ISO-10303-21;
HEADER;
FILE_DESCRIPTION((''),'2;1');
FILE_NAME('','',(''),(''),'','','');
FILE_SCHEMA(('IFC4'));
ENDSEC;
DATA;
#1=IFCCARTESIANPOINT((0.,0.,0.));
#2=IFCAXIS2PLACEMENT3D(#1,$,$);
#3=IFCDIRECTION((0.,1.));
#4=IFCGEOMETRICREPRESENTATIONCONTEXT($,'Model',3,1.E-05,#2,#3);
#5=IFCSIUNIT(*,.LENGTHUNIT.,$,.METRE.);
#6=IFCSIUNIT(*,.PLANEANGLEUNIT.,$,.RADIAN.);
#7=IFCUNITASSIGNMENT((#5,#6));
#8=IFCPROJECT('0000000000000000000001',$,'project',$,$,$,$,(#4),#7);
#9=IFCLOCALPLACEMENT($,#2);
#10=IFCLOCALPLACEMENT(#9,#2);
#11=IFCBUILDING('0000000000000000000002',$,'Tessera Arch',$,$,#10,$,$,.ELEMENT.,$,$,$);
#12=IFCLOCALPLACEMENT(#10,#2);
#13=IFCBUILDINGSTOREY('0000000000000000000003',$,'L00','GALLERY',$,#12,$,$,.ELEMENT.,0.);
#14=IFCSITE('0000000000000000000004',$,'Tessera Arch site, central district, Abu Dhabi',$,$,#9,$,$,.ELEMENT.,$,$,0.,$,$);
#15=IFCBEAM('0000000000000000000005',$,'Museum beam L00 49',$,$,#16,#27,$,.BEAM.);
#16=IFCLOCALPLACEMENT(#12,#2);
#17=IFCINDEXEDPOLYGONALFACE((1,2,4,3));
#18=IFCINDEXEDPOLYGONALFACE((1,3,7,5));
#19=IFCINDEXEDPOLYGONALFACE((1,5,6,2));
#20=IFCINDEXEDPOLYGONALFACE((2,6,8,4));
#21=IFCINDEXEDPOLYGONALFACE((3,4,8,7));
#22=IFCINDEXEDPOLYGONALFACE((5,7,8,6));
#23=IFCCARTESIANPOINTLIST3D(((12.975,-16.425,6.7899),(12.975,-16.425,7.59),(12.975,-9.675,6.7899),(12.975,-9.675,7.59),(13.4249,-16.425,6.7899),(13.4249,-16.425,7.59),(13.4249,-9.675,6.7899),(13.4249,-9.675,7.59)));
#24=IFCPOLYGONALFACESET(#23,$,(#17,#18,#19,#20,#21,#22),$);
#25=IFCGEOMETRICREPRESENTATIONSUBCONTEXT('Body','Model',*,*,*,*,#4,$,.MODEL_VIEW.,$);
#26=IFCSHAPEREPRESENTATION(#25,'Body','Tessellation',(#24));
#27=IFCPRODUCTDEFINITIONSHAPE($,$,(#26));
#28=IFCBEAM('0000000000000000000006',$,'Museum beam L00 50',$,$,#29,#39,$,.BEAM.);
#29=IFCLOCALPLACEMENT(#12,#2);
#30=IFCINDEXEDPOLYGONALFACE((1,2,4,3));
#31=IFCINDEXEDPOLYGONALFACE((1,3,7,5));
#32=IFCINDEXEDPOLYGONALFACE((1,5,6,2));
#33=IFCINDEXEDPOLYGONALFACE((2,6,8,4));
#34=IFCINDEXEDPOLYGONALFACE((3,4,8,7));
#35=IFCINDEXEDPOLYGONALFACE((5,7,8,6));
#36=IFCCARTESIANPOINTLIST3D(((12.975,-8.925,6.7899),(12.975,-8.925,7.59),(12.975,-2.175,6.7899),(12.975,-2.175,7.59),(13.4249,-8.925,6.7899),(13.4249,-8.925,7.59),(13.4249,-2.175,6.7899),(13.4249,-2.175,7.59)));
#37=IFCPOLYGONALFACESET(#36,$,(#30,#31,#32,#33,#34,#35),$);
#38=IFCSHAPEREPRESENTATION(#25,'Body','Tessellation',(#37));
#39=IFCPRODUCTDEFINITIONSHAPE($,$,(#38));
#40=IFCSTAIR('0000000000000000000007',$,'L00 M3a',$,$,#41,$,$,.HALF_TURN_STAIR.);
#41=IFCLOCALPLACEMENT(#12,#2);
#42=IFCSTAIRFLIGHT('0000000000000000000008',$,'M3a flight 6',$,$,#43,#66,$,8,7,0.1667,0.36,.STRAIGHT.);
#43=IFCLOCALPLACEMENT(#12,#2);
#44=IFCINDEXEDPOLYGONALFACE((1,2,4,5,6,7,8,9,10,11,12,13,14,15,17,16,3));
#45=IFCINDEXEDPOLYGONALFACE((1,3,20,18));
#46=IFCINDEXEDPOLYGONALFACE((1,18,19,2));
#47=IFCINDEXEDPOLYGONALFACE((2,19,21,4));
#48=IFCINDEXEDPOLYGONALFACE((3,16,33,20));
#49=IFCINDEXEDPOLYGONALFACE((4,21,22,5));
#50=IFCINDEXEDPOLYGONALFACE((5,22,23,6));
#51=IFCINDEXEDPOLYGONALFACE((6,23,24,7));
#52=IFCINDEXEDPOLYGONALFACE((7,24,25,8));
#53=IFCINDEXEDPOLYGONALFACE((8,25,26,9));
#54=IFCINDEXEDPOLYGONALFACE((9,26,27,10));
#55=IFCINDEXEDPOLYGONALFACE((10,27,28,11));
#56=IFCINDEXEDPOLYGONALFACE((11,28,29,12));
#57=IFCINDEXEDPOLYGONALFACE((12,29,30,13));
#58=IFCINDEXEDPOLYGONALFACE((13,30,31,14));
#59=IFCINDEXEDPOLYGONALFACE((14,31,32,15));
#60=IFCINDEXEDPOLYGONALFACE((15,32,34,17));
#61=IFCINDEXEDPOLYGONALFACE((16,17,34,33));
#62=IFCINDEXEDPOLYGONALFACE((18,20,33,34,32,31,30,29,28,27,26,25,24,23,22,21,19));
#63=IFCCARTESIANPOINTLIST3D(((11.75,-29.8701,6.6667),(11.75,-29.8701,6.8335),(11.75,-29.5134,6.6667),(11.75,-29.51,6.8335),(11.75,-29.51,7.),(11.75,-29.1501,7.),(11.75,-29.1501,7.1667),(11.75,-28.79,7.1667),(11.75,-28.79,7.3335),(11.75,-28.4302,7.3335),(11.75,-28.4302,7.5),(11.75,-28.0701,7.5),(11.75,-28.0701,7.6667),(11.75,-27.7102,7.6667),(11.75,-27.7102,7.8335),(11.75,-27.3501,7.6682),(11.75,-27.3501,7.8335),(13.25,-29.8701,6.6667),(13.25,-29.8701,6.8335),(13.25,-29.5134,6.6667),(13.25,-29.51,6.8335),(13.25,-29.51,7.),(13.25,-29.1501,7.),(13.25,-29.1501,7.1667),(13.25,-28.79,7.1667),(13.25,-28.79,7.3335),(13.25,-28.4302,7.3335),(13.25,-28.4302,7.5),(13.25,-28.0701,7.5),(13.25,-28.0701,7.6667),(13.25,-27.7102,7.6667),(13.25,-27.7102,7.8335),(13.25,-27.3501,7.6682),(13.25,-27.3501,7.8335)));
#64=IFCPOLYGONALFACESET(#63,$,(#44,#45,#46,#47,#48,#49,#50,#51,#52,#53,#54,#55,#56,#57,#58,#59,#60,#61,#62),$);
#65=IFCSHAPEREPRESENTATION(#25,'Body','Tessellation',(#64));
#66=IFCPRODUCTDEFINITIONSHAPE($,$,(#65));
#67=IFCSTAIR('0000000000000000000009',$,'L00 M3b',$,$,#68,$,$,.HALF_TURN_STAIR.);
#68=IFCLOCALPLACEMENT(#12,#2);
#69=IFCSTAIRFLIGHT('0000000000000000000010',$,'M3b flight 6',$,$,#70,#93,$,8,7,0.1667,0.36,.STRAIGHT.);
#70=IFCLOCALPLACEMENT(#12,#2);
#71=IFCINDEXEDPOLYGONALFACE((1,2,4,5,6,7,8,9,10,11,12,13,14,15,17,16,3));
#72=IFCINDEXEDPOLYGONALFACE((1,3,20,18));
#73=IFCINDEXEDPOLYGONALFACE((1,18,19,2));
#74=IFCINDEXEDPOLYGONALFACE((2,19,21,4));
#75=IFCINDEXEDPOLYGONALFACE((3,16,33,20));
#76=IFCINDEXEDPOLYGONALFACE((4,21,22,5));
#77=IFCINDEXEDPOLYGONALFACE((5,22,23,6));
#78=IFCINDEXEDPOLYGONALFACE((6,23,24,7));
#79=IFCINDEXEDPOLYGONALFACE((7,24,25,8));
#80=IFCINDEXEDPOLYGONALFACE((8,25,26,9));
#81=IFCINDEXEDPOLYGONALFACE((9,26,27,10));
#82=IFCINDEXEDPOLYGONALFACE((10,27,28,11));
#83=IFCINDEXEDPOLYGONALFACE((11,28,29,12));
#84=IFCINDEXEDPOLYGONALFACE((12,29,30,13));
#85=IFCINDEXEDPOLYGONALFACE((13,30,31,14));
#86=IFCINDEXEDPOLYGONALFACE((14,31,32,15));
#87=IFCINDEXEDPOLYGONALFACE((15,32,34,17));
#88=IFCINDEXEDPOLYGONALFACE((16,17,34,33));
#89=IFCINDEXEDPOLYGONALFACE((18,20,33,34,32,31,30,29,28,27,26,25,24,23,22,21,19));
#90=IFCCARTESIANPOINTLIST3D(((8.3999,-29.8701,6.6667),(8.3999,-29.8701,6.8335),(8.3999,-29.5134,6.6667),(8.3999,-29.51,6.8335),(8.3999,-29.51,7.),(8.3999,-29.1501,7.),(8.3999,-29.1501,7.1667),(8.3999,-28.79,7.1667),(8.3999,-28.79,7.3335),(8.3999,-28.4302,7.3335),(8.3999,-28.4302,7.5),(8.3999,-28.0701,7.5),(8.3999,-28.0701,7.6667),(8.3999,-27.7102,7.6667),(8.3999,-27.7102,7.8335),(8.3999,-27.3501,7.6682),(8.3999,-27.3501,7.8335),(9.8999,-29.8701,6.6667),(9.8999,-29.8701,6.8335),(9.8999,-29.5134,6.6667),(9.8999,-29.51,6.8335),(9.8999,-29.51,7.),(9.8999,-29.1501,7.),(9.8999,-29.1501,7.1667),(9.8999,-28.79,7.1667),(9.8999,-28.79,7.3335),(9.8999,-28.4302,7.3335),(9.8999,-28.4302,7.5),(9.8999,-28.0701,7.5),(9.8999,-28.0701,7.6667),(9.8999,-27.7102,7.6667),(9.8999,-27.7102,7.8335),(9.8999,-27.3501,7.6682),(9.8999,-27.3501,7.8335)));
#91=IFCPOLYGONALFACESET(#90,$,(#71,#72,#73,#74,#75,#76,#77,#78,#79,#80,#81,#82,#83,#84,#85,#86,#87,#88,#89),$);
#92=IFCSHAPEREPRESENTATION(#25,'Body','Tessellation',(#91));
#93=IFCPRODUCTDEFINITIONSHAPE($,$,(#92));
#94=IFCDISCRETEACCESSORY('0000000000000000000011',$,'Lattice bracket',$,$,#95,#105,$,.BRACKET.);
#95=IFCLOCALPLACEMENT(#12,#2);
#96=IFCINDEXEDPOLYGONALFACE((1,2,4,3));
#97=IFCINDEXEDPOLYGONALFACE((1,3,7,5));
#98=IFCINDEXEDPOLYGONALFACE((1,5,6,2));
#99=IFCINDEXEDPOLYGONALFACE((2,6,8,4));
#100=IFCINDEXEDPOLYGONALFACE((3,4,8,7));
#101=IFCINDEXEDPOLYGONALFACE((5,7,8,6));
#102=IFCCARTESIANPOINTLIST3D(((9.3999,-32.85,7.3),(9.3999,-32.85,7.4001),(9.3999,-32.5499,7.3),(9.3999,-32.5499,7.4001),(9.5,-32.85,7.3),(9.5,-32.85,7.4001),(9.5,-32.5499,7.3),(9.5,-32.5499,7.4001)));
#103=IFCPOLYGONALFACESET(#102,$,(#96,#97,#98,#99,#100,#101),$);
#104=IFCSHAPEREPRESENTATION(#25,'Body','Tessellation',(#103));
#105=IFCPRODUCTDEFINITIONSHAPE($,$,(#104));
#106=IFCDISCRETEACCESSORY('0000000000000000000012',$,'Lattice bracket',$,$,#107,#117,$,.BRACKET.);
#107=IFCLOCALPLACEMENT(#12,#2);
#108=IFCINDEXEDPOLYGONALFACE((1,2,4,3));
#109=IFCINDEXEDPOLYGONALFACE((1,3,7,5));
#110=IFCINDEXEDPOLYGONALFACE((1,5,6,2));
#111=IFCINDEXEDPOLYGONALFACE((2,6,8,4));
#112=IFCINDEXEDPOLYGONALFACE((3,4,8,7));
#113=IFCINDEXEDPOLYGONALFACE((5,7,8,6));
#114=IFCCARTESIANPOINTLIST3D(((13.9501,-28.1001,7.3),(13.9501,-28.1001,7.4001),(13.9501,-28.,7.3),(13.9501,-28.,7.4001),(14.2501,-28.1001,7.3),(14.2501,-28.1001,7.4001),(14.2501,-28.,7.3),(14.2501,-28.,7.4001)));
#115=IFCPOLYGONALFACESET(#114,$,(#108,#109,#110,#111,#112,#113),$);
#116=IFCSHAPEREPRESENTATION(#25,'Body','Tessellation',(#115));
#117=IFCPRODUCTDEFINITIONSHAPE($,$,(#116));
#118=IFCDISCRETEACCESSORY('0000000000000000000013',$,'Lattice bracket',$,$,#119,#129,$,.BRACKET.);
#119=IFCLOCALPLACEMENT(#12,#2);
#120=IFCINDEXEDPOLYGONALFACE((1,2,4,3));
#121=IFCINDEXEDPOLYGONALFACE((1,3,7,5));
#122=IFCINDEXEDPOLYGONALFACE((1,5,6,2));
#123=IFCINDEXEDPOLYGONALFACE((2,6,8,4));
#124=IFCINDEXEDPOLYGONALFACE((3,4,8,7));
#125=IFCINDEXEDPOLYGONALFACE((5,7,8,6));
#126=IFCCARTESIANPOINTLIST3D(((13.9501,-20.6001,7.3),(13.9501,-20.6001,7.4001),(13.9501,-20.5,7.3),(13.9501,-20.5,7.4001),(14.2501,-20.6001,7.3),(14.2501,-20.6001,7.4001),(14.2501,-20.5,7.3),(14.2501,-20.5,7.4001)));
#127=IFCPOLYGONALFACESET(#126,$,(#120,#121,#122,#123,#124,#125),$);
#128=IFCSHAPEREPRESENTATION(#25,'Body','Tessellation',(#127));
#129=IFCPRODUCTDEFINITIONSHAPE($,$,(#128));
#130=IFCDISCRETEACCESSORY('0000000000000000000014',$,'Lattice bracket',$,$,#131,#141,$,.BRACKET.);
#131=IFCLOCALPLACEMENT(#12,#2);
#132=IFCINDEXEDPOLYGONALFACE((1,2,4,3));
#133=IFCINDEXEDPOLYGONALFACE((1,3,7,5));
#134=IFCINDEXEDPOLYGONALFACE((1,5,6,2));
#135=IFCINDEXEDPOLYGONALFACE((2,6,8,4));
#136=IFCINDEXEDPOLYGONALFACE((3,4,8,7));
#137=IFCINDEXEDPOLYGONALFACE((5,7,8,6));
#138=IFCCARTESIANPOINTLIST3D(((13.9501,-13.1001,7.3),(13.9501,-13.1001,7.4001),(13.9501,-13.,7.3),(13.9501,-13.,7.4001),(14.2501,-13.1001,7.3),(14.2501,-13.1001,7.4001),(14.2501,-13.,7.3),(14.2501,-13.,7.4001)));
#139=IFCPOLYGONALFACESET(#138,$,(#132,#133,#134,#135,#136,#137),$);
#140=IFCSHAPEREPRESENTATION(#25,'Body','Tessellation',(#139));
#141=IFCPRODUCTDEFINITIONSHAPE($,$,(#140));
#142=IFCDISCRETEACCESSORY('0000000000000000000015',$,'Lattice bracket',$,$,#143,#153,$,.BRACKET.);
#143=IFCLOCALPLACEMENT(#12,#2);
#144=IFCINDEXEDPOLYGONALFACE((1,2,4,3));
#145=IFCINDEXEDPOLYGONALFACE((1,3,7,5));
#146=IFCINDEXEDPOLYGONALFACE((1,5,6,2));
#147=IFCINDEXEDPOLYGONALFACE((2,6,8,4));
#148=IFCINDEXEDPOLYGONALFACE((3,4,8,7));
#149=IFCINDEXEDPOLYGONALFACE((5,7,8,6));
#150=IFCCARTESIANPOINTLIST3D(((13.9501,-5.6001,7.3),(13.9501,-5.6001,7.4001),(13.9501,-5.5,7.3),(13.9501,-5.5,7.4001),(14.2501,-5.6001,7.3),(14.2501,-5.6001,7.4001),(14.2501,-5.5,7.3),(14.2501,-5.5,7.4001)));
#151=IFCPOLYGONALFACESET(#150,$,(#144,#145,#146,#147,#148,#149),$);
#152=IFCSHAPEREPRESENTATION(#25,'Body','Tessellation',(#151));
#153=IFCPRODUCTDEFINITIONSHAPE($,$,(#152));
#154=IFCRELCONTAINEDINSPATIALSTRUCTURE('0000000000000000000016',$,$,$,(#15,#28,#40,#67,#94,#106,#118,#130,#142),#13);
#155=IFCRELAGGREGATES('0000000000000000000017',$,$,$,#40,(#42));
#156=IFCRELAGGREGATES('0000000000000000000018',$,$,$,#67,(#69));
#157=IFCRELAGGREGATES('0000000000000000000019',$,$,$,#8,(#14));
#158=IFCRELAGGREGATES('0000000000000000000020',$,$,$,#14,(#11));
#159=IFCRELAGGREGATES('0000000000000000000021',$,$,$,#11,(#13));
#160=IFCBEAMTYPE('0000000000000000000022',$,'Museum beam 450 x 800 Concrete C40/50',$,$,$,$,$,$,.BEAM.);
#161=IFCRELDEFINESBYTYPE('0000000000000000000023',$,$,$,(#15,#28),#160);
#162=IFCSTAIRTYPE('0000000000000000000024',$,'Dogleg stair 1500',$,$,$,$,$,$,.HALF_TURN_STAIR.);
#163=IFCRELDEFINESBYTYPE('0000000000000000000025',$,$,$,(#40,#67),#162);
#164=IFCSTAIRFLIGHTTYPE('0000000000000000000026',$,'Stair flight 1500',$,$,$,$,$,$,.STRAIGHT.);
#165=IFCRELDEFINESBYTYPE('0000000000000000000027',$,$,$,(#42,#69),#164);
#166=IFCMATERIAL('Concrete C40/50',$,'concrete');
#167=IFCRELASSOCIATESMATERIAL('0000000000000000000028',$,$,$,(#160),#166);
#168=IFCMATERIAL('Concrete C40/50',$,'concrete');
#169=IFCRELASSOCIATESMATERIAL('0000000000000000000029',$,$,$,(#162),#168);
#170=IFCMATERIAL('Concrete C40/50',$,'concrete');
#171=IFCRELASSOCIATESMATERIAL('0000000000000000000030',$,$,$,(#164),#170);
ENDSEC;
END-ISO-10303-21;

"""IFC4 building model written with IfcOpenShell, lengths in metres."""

from ifc_helpers import new_model, si_unit, direction, frame, origin, origin_2d, place, context, subcontext, project, spatial, polyline, rectangle, outline, extrude, material, material_profile, profile_set, type_object, element, aggregate, save


model = new_model("IFC4")

# Units and contexts
model_context = context("Model", 3, precision=1e-05, world=origin(), true_north=direction((0.0, 1.0)))
body_context = subcontext(model_context, "Body", "Model", "MODEL_VIEW")
ifc_project = project(units=[si_unit("LENGTHUNIT", "METRE"), si_unit("PLANEANGLEUNIT", "RADIAN")], contexts=[model_context])

# Site, building, storey
site_placement = place(None, origin())
site = spatial("IfcSite", under=ifc_project, at=site_placement, Name="Tessera Arch site, central district, Abu Dhabi", CompositionType="ELEMENT", RefElevation=0.0)
building_placement = place(site_placement, origin())
building = spatial("IfcBuilding", under=site, at=building_placement, Name="Tessera Arch", CompositionType="ELEMENT")
storey_placement = place(building_placement, origin())
storey = spatial("IfcBuildingStorey", under=building, at=storey_placement, Name="L00", Description="GALLERY", CompositionType="ELEMENT", Elevation=0.0)

# Beams
ifc_material_1 = material(Name="Concrete C40/50", Category="concrete")
ifc_material_profile_1 = material_profile(ifc_material_1, rectangle(XDim=0.45, YDim=0.8, at=origin_2d()), Name="Museum beam 450 x 800 Concrete C40/50")
ifc_profile_set_1 = profile_set([ifc_material_profile_1], Name="Concrete C40/50")
beam_type = type_object("IfcBeamType", Name="Museum beam 450 x 800 Concrete C40/50", PredefinedType="BEAM", material=ifc_profile_set_1)
for number, where, z_axis, x_axis, name in (
    (1, (13.2, -16.425, 7.1899), (0.0, 1.0, 0.0), (-1.0, 0.0, 0.0), "Museum beam L00 49"),
    (2, (13.2, -8.925, 7.1899), (0.0, 1.0, 0.0), (-1.0, 0.0, 0.0), "Museum beam L00 50"),
):
    element("IfcBeam", number, at=place(storey_placement, frame(where, z_axis=z_axis, x_axis=x_axis)), inside=storey, type_object=beam_type, Name=name, PredefinedType="BEAM", context=body_context, shape_type="SweptSolid", body=[
        extrude(rectangle(XDim=0.45, YDim=0.8, at=origin_2d()), origin(), (0.0, 0.0, 1.0), 6.75),
    ])

# Stairs, stair flights
ifc_material_2 = material(Name="Concrete C40/50", Category="concrete")
stair_type = type_object("IfcStairType", Name="Dogleg stair 1500", PredefinedType="HALF_TURN_STAIR", material=ifc_material_2)
stair_1_placement = place(storey_placement, origin())
stair_1 = element("IfcStair", 3, at=stair_1_placement, inside=storey, type_object=stair_type, Name="L00 M3a", PredefinedType="HALF_TURN_STAIR")
ifc_material_3 = material(Name="Concrete C40/50", Category="concrete")
stair_flight_type = type_object("IfcStairFlightType", Name="Stair flight 1500", PredefinedType="STRAIGHT", material=ifc_material_3)
stair_flight_1_placement = place(storey_placement, frame((12.5, -29.8701, 6.6667), z_axis=(0.0, 0.0, 1.0), x_axis=(0.0, 1.0, 0.0)))
stair_flight_1 = element("IfcStairFlight", 4, at=stair_flight_1_placement, type_object=stair_flight_type, Name="M3a flight 6", NumberOfRisers=8, NumberOfTreads=7, PredefinedType="STRAIGHT", RiserHeight=0.1667, TreadLength=0.36, context=body_context, shape_type="SweptSolid", body=[
    extrude(outline(polyline([(0.0, 0.0), (0.0, 0.1667), (0.3601, 0.1667), (0.3601, 0.3333), (0.72, 0.3333), (0.72, 0.5), (1.0801, 0.5), (1.0801, 0.6667), (1.4399, 0.6667), (1.4399, 0.8333), (1.8, 0.8333), (1.8, 1.0), (2.1599, 1.0), (2.1599, 1.1667), (2.52, 1.1667), (2.52, 1.3333), (2.52, 1.0015), (0.3567, 0.0), (0.0, 0.0)])), frame((0.0, 0.75, 0.0), z_axis=(0.0, -1.0, 0.0), x_axis=(1.0, 0.0, 0.0)), (0.0, 0.0, 1.0), 1.5),
])
aggregate(stair_1, [stair_flight_1])
stair_2_placement = place(storey_placement, origin())
stair_2 = element("IfcStair", 5, at=stair_2_placement, inside=storey, type_object=stair_type, Name="L00 M3b", PredefinedType="HALF_TURN_STAIR")
stair_flight_2_placement = place(storey_placement, frame((9.1499, -29.8701, 6.6667), z_axis=(0.0, 0.0, 1.0), x_axis=(0.0, 1.0, 0.0)))
stair_flight_2 = element("IfcStairFlight", 6, at=stair_flight_2_placement, type_object=stair_flight_type, Name="M3b flight 6", NumberOfRisers=8, NumberOfTreads=7, PredefinedType="STRAIGHT", RiserHeight=0.1667, TreadLength=0.36, context=body_context, shape_type="SweptSolid", body=[
    extrude(outline(polyline([(0.0, 0.0), (0.0, 0.1667), (0.3601, 0.1667), (0.3601, 0.3333), (0.72, 0.3333), (0.72, 0.5), (1.0801, 0.5), (1.0801, 0.6667), (1.4399, 0.6667), (1.4399, 0.8333), (1.8, 0.8333), (1.8, 1.0), (2.1599, 1.0), (2.1599, 1.1667), (2.52, 1.1667), (2.52, 1.3333), (2.52, 1.0015), (0.3567, 0.0), (0.0, 0.0)])), frame((0.0, 0.75, 0.0), z_axis=(0.0, -1.0, 0.0), x_axis=(1.0, 0.0, 0.0)), (0.0, 0.0, 1.0), 1.5),
])
aggregate(stair_2, [stair_flight_2])

# Discrete accessories
for number, where, z_axis, x_axis, name in (
    (7, (9.45, -32.7, 7.3), (0.0, 0.0, 1.0), (0.0, -1.0, 0.0), "Lattice bracket"),
    (8, (14.1001, -28.05, 7.3), (0.0, 0.0, 1.0), (1.0, 0.0, 0.0), "Lattice bracket"),
    (9, (14.1001, -20.55, 7.3), (0.0, 0.0, 1.0), (1.0, 0.0, 0.0), "Lattice bracket"),
    (10, (14.1001, -13.05, 7.3), (0.0, 0.0, 1.0), (1.0, 0.0, 0.0), "Lattice bracket"),
    (11, (14.1001, -5.55, 7.3), (0.0, 0.0, 1.0), (1.0, 0.0, 0.0), "Lattice bracket"),
):
    element("IfcDiscreteAccessory", number, at=place(storey_placement, frame(where, z_axis=z_axis, x_axis=x_axis)), inside=storey, Name=name, PredefinedType="BRACKET", context=body_context, shape_type="SweptSolid", body=[
        extrude(rectangle(XDim=0.3, YDim=0.1001, at=origin_2d()), origin(), (0.0, 0.0, 1.0), 0.1001),
    ])

save(model, "model.ifc")
